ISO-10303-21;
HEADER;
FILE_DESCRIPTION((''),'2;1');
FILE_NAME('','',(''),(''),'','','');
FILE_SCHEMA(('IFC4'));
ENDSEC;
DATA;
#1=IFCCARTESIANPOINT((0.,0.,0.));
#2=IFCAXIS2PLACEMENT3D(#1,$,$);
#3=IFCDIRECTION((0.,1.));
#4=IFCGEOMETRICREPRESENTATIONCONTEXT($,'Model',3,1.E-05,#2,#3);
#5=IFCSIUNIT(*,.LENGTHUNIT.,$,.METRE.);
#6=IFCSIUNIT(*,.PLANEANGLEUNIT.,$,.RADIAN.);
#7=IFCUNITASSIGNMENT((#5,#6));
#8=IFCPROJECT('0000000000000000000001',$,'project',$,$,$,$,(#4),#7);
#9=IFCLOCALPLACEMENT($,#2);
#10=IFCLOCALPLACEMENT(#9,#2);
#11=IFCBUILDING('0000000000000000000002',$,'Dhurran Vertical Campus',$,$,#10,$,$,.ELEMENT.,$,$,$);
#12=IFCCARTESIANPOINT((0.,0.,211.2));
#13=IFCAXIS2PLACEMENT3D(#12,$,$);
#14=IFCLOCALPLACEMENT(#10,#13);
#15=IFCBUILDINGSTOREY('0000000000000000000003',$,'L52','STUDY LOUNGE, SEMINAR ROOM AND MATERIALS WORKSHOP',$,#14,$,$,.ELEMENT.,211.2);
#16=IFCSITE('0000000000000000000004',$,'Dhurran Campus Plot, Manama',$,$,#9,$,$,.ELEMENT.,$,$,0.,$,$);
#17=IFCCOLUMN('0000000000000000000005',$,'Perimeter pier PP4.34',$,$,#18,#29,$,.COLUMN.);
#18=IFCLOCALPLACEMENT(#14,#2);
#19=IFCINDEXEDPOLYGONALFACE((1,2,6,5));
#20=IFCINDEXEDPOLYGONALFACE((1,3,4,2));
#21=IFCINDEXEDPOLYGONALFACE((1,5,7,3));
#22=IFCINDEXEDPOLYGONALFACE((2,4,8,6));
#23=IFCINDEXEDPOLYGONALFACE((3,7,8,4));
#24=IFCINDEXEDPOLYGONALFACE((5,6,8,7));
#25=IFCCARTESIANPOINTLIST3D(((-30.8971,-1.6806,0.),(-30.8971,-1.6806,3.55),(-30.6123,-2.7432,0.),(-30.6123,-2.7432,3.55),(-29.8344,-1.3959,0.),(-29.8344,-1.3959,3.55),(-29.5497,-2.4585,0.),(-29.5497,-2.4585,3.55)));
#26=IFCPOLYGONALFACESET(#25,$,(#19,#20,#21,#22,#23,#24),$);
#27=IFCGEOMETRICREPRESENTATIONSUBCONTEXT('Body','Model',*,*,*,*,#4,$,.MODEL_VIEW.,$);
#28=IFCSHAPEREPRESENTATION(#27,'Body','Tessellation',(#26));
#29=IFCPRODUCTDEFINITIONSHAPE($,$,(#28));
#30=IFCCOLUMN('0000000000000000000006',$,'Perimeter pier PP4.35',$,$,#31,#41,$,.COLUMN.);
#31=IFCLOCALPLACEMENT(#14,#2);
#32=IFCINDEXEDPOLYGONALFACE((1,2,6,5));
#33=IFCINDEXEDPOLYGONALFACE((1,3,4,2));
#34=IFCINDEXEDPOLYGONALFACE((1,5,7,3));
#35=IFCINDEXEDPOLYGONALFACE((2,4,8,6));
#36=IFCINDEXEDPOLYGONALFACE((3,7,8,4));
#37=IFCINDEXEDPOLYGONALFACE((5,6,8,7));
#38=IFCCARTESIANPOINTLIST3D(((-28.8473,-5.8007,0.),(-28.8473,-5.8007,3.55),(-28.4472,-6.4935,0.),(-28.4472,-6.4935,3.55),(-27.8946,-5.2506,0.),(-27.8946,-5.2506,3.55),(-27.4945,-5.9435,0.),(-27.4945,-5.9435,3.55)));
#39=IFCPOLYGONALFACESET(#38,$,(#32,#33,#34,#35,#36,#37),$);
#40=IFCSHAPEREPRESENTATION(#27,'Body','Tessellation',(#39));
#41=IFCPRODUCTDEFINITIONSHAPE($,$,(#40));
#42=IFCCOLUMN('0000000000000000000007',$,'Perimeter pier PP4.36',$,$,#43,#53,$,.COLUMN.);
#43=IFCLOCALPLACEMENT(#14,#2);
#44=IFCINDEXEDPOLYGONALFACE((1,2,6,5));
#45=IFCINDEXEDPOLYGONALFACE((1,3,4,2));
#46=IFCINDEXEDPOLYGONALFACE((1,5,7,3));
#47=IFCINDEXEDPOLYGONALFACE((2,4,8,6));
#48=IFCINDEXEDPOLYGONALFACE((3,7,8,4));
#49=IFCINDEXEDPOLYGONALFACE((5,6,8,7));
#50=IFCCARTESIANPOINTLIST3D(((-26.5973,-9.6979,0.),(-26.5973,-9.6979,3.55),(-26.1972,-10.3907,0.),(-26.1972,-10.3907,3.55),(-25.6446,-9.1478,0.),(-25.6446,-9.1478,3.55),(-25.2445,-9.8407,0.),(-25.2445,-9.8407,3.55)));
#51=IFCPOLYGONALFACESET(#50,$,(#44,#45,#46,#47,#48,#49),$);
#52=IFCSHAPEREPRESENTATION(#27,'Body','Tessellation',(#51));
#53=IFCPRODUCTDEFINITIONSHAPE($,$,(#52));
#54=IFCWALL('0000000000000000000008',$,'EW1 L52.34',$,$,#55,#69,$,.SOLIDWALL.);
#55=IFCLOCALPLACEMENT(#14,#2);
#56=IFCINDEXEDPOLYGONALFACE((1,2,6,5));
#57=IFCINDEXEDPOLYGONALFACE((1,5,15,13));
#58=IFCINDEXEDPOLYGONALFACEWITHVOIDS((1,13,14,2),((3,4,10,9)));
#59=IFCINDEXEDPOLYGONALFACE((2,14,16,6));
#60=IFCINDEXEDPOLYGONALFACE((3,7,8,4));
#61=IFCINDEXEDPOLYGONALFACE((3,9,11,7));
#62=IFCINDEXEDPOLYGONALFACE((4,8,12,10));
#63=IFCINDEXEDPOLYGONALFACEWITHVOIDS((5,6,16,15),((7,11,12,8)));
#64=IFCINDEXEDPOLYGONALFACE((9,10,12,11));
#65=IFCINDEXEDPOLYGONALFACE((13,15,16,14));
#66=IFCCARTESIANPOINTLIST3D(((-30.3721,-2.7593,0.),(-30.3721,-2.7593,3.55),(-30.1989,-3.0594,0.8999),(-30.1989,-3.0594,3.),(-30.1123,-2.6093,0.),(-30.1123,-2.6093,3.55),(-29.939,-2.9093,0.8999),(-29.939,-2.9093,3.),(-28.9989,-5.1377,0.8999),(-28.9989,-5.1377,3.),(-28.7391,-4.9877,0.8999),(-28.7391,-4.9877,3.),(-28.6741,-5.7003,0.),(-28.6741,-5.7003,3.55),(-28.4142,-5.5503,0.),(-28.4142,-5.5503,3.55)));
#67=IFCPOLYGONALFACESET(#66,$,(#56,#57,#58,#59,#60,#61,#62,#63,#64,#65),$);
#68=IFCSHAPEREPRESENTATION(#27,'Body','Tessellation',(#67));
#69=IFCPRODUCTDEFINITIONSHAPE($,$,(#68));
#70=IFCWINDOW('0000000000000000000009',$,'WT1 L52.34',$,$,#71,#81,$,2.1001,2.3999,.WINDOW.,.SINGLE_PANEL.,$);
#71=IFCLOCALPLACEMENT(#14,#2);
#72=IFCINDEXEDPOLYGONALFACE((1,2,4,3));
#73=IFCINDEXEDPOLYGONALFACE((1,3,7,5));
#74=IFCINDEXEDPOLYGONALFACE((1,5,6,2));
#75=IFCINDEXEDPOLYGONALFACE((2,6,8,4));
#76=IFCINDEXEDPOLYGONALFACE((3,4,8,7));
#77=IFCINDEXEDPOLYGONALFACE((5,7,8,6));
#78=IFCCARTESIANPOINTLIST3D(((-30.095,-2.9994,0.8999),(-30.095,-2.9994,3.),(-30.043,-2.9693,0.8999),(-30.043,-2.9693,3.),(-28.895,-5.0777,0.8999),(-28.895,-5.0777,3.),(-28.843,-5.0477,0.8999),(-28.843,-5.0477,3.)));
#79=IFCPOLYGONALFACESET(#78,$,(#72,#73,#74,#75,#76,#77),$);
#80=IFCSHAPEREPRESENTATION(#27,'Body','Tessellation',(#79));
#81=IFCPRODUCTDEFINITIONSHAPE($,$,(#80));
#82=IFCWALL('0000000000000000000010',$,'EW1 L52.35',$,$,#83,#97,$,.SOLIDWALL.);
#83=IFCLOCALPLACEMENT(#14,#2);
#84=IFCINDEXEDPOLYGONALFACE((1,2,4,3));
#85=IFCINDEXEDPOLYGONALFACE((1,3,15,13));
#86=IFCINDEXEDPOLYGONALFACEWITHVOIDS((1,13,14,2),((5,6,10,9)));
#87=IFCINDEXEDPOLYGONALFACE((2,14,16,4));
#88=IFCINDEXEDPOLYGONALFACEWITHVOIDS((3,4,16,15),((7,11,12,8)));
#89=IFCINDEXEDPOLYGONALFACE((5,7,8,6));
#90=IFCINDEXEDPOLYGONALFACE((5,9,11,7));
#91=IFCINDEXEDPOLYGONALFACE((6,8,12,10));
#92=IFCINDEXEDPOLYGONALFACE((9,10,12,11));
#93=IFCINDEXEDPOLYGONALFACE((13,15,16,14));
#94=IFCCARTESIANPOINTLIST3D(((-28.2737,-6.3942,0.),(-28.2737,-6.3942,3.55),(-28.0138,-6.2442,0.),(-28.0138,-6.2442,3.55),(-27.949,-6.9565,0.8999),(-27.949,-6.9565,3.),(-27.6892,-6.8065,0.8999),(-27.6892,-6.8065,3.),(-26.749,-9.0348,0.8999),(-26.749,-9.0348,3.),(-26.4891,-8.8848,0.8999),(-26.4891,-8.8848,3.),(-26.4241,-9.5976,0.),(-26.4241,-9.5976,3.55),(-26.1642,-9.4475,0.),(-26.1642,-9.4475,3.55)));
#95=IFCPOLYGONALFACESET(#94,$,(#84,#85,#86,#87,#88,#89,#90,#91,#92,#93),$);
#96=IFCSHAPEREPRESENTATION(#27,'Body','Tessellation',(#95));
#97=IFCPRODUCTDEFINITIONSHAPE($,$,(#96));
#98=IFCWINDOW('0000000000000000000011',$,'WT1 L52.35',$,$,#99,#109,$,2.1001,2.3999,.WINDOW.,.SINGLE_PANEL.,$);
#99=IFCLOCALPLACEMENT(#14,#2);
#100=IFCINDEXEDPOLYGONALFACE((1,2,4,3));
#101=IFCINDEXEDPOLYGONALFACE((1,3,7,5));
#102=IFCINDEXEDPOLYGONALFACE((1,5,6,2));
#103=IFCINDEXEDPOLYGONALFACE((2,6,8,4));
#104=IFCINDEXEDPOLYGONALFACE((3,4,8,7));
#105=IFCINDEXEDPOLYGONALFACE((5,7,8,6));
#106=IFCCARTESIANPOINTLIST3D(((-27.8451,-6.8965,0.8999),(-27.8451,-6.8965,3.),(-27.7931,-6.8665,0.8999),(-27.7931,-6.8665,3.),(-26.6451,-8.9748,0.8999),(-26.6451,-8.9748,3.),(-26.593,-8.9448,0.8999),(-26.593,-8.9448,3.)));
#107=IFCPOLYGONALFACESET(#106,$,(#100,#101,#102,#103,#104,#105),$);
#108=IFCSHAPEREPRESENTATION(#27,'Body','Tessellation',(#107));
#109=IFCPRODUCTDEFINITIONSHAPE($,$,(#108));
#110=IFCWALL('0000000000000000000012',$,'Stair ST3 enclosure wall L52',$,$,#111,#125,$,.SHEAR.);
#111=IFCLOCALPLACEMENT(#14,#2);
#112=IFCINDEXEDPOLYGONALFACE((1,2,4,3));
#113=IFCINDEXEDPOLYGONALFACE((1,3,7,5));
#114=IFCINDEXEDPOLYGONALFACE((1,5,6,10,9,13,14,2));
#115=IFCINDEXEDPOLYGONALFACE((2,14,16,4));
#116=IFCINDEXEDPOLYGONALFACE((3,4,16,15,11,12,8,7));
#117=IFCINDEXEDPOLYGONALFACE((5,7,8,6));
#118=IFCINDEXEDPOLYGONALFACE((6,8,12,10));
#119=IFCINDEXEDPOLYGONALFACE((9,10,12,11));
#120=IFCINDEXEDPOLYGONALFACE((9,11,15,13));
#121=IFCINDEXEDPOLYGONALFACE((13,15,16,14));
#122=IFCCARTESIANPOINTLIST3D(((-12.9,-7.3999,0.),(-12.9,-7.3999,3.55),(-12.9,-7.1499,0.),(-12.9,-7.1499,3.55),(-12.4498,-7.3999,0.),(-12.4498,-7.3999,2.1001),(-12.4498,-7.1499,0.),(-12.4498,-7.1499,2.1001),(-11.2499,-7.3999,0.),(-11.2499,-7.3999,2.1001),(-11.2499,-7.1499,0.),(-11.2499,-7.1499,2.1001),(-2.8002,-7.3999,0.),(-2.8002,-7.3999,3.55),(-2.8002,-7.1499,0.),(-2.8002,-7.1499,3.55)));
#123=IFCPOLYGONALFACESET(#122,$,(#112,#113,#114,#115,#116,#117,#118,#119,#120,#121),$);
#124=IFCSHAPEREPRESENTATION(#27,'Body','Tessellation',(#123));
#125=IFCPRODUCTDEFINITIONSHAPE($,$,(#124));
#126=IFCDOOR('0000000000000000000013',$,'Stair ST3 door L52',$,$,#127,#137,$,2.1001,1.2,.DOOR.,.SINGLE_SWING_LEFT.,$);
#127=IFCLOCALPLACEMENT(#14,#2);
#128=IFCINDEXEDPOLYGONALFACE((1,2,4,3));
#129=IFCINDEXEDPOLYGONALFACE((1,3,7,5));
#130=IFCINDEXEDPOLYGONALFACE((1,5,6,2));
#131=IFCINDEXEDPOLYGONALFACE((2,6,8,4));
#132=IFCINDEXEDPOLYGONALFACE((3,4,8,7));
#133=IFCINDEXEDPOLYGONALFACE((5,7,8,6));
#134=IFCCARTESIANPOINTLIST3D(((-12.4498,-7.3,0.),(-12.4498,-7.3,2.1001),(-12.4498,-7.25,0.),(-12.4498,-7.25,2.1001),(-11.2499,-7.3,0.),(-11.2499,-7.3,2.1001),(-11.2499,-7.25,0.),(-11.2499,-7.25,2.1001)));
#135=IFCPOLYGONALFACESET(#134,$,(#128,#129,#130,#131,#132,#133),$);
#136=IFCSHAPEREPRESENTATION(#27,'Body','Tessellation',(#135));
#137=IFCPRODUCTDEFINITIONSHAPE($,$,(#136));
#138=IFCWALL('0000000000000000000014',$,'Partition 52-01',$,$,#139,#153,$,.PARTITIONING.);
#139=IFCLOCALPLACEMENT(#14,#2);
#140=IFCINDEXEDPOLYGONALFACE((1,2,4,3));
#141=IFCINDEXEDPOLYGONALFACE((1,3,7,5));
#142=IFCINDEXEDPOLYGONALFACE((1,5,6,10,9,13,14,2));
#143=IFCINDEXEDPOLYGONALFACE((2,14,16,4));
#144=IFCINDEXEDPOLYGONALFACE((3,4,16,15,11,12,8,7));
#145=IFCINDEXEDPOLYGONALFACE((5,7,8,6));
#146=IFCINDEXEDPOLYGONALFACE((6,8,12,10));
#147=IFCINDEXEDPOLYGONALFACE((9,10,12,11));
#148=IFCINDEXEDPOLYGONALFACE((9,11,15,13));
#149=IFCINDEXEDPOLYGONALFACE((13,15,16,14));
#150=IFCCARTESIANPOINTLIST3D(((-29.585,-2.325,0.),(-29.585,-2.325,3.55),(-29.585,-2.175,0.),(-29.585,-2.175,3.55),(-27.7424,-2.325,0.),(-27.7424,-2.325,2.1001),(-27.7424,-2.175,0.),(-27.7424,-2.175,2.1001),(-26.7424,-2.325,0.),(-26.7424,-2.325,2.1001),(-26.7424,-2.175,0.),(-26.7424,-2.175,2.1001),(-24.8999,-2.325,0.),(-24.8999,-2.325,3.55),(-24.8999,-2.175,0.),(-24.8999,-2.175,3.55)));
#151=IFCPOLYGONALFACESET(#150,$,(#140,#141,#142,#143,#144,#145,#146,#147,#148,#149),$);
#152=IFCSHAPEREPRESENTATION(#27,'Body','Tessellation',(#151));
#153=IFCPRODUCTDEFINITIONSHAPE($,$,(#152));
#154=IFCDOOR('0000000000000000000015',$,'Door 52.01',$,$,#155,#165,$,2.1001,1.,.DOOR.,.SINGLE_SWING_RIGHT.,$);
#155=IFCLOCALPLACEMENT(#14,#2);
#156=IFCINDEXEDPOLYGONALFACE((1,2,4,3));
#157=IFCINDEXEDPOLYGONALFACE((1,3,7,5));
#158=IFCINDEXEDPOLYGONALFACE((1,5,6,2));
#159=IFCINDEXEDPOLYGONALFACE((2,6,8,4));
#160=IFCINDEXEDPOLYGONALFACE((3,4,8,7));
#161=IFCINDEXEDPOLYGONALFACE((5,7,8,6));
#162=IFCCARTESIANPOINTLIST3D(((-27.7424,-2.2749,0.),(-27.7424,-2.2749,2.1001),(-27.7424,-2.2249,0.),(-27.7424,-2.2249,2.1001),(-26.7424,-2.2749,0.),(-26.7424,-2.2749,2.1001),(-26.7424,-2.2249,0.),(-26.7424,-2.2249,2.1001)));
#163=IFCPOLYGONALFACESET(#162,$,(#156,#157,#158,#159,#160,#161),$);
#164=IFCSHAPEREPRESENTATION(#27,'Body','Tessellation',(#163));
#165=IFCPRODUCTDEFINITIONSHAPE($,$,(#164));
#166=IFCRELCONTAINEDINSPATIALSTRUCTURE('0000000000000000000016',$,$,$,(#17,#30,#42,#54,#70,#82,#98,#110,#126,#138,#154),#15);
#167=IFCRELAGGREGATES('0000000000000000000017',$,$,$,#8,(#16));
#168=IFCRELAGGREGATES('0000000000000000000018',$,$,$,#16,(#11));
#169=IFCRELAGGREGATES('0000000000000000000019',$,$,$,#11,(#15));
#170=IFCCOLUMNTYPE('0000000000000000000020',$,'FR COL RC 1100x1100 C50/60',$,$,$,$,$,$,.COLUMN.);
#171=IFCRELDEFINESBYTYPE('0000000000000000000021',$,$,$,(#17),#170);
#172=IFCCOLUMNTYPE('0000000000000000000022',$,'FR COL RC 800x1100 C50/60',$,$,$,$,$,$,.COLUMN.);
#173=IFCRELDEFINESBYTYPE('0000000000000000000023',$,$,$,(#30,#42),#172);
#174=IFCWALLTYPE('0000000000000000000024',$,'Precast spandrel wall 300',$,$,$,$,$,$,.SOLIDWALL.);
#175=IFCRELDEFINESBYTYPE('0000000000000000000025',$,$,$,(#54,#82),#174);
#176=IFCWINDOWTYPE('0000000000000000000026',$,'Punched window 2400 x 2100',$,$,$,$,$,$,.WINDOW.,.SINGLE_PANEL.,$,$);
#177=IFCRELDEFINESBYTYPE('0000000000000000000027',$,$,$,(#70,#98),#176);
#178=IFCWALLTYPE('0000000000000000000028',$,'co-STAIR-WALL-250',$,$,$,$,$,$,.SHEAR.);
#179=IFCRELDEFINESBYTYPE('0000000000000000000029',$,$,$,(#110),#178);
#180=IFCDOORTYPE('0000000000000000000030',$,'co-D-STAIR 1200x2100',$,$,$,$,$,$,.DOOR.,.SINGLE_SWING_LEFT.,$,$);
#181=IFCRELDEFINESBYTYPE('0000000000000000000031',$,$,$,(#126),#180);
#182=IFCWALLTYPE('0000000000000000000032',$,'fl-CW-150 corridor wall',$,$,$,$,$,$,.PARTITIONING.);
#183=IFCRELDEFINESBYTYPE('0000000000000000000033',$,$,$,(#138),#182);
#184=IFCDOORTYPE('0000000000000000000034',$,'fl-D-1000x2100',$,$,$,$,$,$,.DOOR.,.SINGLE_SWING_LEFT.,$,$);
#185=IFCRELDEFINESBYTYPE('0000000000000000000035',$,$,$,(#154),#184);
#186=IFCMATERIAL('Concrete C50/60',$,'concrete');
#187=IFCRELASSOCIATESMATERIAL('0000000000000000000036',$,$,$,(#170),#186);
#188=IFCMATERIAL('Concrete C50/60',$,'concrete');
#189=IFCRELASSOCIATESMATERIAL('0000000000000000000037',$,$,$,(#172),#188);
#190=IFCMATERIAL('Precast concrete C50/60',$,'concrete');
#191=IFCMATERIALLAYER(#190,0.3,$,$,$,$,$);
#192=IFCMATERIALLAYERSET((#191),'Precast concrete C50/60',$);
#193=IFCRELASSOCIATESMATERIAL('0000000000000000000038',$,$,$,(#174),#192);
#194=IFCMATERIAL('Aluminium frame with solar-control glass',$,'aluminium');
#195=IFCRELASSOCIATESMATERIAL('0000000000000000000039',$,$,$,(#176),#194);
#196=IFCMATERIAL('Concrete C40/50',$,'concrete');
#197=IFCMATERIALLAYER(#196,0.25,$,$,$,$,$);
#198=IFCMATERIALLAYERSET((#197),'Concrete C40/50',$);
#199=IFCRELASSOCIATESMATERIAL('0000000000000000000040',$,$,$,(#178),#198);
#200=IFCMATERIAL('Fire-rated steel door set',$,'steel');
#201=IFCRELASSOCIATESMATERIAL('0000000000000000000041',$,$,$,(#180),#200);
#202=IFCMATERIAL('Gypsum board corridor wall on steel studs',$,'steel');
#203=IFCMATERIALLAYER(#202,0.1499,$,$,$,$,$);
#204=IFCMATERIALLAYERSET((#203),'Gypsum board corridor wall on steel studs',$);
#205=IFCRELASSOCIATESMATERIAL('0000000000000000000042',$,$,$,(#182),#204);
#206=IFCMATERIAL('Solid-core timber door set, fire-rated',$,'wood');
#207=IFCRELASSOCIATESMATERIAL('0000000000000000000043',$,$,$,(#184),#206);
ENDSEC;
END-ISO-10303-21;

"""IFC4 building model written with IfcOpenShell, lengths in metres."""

from ifc_helpers import new_model, si_unit, direction, frame, frame_2d, origin, origin_2d, place, context, subcontext, project, spatial, rectangle, extrude, material, layer, layer_set, material_profile, profile_set, type_object, element, fill, save


model = new_model("IFC4")

# Units and contexts
model_context = context("Model", 3, precision=1e-05, world=origin(), true_north=direction((0.0, 1.0)))
body_context = subcontext(model_context, "Body", "Model", "MODEL_VIEW")
ifc_project = project(units=[si_unit("LENGTHUNIT", "METRE"), si_unit("PLANEANGLEUNIT", "RADIAN")], contexts=[model_context])

# Site, building, storey
site_placement = place(None, origin())
site = spatial("IfcSite", under=ifc_project, at=site_placement, Name="Dhurran Campus Plot, Manama", CompositionType="ELEMENT", RefElevation=0.0)
building_placement = place(site_placement, origin())
building = spatial("IfcBuilding", under=site, at=building_placement, Name="Dhurran Vertical Campus", CompositionType="ELEMENT")
storey_placement = place(building_placement, frame((0.0, 0.0, 211.2)))
storey = spatial("IfcBuildingStorey", under=building, at=storey_placement, Name="L52", Description="STUDY LOUNGE, SEMINAR ROOM AND MATERIALS WORKSHOP", CompositionType="ELEMENT", Elevation=211.2)

# Columns
ifc_material_1 = material(Name="Concrete C50/60", Category="concrete")
ifc_material_profile_1 = material_profile(ifc_material_1, rectangle(XDim=1.1001, YDim=1.1001, at=origin_2d()), Name="RC 1100x1100")
ifc_profile_set_1 = profile_set([ifc_material_profile_1], Name="Concrete C50/60")
column_type_1 = type_object("IfcColumnType", Name="FR COL RC 1100x1100 C50/60", PredefinedType="COLUMN", material=ifc_profile_set_1)
column_placement = place(storey_placement, frame((-30.2234, -2.0696, 0.0), z_axis=(0.0, 0.0, 1.0), x_axis=(0.258819, -0.965926, 0.0)))
element("IfcColumn", 1, at=column_placement, inside=storey, type_object=column_type_1, Name="Perimeter pier PP4.34", PredefinedType="COLUMN", context=body_context, shape_type="SweptSolid", body=[
    extrude(rectangle(XDim=1.1001, YDim=1.1001, at=origin_2d()), origin(), (0.0, 0.0, 1.0), 3.55),
])
ifc_material_2 = material(Name="Concrete C50/60", Category="concrete")
ifc_material_profile_2 = material_profile(ifc_material_2, rectangle(XDim=0.8, YDim=1.1001, at=origin_2d()), Name="RC 800x1100")
ifc_profile_set_2 = profile_set([ifc_material_profile_2], Name="Concrete C50/60")
column_type_2 = type_object("IfcColumnType", Name="FR COL RC 800x1100 C50/60", PredefinedType="COLUMN", material=ifc_profile_set_2)
for number, where, z_axis, x_axis, name in (
    (2, (-28.1709, -5.8721, 0.0), (0.0, 0.0, 1.0), (0.5, -0.866025, 0.0), "Perimeter pier PP4.35"),
    (3, (-25.9209, -9.7693, 0.0), (0.0, 0.0, 1.0), (0.5, -0.866025, 0.0), "Perimeter pier PP4.36"),
):
    element("IfcColumn", number, at=place(storey_placement, frame(where, z_axis=z_axis, x_axis=x_axis)), inside=storey, type_object=column_type_2, Name=name, PredefinedType="COLUMN", context=body_context, shape_type="SweptSolid", body=[
        extrude(rectangle(XDim=0.8, YDim=1.1001, at=origin_2d()), origin(), (0.0, 0.0, 1.0), 3.55),
    ])

# Walls, openings, windows
ifc_material_3 = material(Name="Precast concrete C50/60", Category="concrete")
ifc_layer_1 = layer(ifc_material_3, 0.3)
ifc_layer_set_1 = layer_set([ifc_layer_1], Name="Precast concrete C50/60")
wall_type_1 = type_object("IfcWallType", Name="Precast spandrel wall 300", PredefinedType="SOLIDWALL", material=ifc_layer_set_1)
wall_1_placement = place(storey_placement, frame((-30.2422, -2.6843, 0.0), z_axis=(0.0, 0.0, 1.0), x_axis=(0.500013, -0.866018, 0.0)))
wall_1 = element("IfcWall", 4, at=wall_1_placement, inside=storey, type_object=wall_type_1, Name="EW1 L52.34", PredefinedType="SOLIDWALL", context=body_context, shape_type="SweptSolid", body=[
    extrude(rectangle(XDim=3.396, YDim=0.3, at=frame_2d((1.698, 0.0))), origin(), (0.0, 0.0, 1.0), 3.55),
])
opening_1_placement = place(wall_1_placement, frame((0.3464, 0.0, 0.8999)))
opening_1 = element("IfcOpeningElement", 5, at=opening_1_placement, cuts=wall_1, PredefinedType="OPENING", context=body_context, shape_type="SweptSolid", body=[
    extrude(rectangle(XDim=2.3999, YDim=2.1001, at=frame_2d((1.2, 1.05))), frame((0.0, 0.1599, 0.0), z_axis=(0.0, -1.0, 0.0), x_axis=(1.0, 0.0, 0.0)), (0.0, 0.0, 1.0), 0.3201),
])
ifc_material_4 = material(Name="Aluminium frame with solar-control glass", Category="aluminium")
window_type = type_object("IfcWindowType", Name="Punched window 2400 x 2100", PartitioningType="SINGLE_PANEL", PredefinedType="WINDOW", material=ifc_material_4)
window_1_placement = place(opening_1_placement, origin())
window_1 = element("IfcWindow", 6, at=window_1_placement, inside=storey, type_object=window_type, Name="WT1 L52.34", OverallHeight=2.1001, OverallWidth=2.3999, PartitioningType="SINGLE_PANEL", PredefinedType="WINDOW", context=body_context, shape_type="SweptSolid", body=[
    extrude(rectangle(XDim=2.3999, YDim=2.1001, at=frame_2d((1.2, 1.05))), frame((0.0, 0.03, 0.0), z_axis=(0.0, -1.0, 0.0), x_axis=(1.0, 0.0, 0.0)), (0.0, 0.0, 1.0), 0.0601),
])
fill(opening_1, window_1)
wall_2_placement = place(storey_placement, frame((-28.1438, -6.3191, 0.0), z_axis=(0.0, 0.0, 1.0), x_axis=(0.500029, -0.866009, 0.0)))
wall_2 = element("IfcWall", 7, at=wall_2_placement, inside=storey, type_object=wall_type_1, Name="EW1 L52.35", PredefinedType="SOLIDWALL", context=body_context, shape_type="SweptSolid", body=[
    extrude(rectangle(XDim=3.699, YDim=0.3, at=frame_2d((1.8496, 0.0))), origin(), (0.0, 0.0, 1.0), 3.55),
])
opening_2_placement = place(wall_2_placement, frame((0.6494, 0.0, 0.8999)))
opening_2 = element("IfcOpeningElement", 8, at=opening_2_placement, cuts=wall_2, PredefinedType="OPENING", context=body_context, shape_type="SweptSolid", body=[
    extrude(rectangle(XDim=2.3999, YDim=2.1001, at=frame_2d((1.2, 1.05))), frame((0.0, 0.1599, 0.0), z_axis=(0.0, -1.0, 0.0), x_axis=(1.0, 0.0, 0.0)), (0.0, 0.0, 1.0), 0.3201),
])
window_2_placement = place(opening_2_placement, origin())
window_2 = element("IfcWindow", 9, at=window_2_placement, inside=storey, type_object=window_type, Name="WT1 L52.35", OverallHeight=2.1001, OverallWidth=2.3999, PartitioningType="SINGLE_PANEL", PredefinedType="WINDOW", context=body_context, shape_type="SweptSolid", body=[
    extrude(rectangle(XDim=2.3999, YDim=2.1001, at=frame_2d((1.2, 1.05))), frame((0.0, 0.03, 0.0), z_axis=(0.0, -1.0, 0.0), x_axis=(1.0, 0.0, 0.0)), (0.0, 0.0, 1.0), 0.0601),
])
fill(opening_2, window_2)

# Walls, openings, doors
ifc_material_5 = material(Name="Concrete C40/50", Category="concrete")
ifc_layer_2 = layer(ifc_material_5, 0.25)
ifc_layer_set_2 = layer_set([ifc_layer_2], Name="Concrete C40/50")
wall_type_2 = type_object("IfcWallType", Name="co-STAIR-WALL-250", PredefinedType="SHEAR", material=ifc_layer_set_2)
wall_3_placement = place(storey_placement, frame((-12.8999, -7.2749, 0.0), z_axis=(0.0, 0.0, 1.0), x_axis=(1.0, 0.0, 0.0)))
wall_3 = element("IfcWall", 10, at=wall_3_placement, inside=storey, type_object=wall_type_2, Name="Stair ST3 enclosure wall L52", PredefinedType="SHEAR", context=body_context, shape_type="SweptSolid", body=[
    extrude(rectangle(XDim=10.0999, YDim=0.25, at=frame_2d((5.0498, 0.0))), origin(), (0.0, 0.0, 1.0), 3.55),
])
opening_3_placement = place(wall_3_placement, frame((0.45, 0.0, 0.0)))
opening_3 = element("IfcOpeningElement", 11, at=opening_3_placement, cuts=wall_3, PredefinedType="OPENING", context=body_context, shape_type="SweptSolid", body=[
    extrude(rectangle(XDim=1.2, YDim=2.1001, at=frame_2d((0.6001, 1.05))), frame((0.0, 0.135, 0.0), z_axis=(0.0, -1.0, 0.0), x_axis=(1.0, 0.0, 0.0)), (0.0, 0.0, 1.0), 0.27),
])
ifc_material_6 = material(Name="Fire-rated steel door set", Category="steel")
door_type_1 = type_object("IfcDoorType", Name="co-D-STAIR 1200x2100", OperationType="SINGLE_SWING_LEFT", PredefinedType="DOOR", material=ifc_material_6)
door_1_placement = place(opening_3_placement, origin())
door_1 = element("IfcDoor", 12, at=door_1_placement, inside=storey, type_object=door_type_1, Name="Stair ST3 door L52", OperationType="SINGLE_SWING_LEFT", OverallHeight=2.1001, OverallWidth=1.2, PredefinedType="DOOR", context=body_context, shape_type="SweptSolid", body=[
    extrude(rectangle(XDim=1.2, YDim=2.1001, at=frame_2d((0.6001, 1.05))), frame((0.0, 0.0249, 0.0), z_axis=(0.0, -1.0, 0.0), x_axis=(1.0, 0.0, 0.0)), (0.0, 0.0, 1.0), 0.05),
])
fill(opening_3, door_1)
ifc_material_7 = material(Name="Gypsum board corridor wall on steel studs", Category="steel")
ifc_layer_3 = layer(ifc_material_7, 0.1499)
ifc_layer_set_3 = layer_set([ifc_layer_3], Name="Gypsum board corridor wall on steel studs")
wall_type_3 = type_object("IfcWallType", Name="fl-CW-150 corridor wall", PredefinedType="PARTITIONING", material=ifc_layer_set_3)
wall_4_placement = place(storey_placement, frame((-24.8999, -2.25, 0.0), z_axis=(0.0, 0.0, 1.0), x_axis=(-1.0, 0.0, 0.0)))
wall_4 = element("IfcWall", 13, at=wall_4_placement, inside=storey, type_object=wall_type_3, Name="Partition 52-01", PredefinedType="PARTITIONING", context=body_context, shape_type="SweptSolid", body=[
    extrude(rectangle(XDim=4.6851, YDim=0.1499, at=frame_2d((2.3425, 0.0))), origin(), (0.0, 0.0, 1.0), 3.55),
])
opening_4_placement = place(wall_4_placement, frame((1.8425, 0.0, 0.0)))
opening_4 = element("IfcOpeningElement", 14, at=opening_4_placement, cuts=wall_4, PredefinedType="OPENING", context=body_context, shape_type="SweptSolid", body=[
    extrude(rectangle(XDim=1.0, YDim=2.1001, at=frame_2d((0.5, 1.05))), frame((0.0, 0.085, 0.0), z_axis=(0.0, -1.0, 0.0), x_axis=(1.0, 0.0, 0.0)), (0.0, 0.0, 1.0), 0.1699),
])
ifc_material_8 = material(Name="Solid-core timber door set, fire-rated", Category="wood")
door_type_2 = type_object("IfcDoorType", Name="fl-D-1000x2100", OperationType="SINGLE_SWING_LEFT", PredefinedType="DOOR", material=ifc_material_8)
door_2_placement = place(opening_4_placement, origin())
door_2 = element("IfcDoor", 15, at=door_2_placement, inside=storey, type_object=door_type_2, Name="Door 52.01", OperationType="SINGLE_SWING_RIGHT", OverallHeight=2.1001, OverallWidth=1.0, PredefinedType="DOOR", context=body_context, shape_type="SweptSolid", body=[
    extrude(rectangle(XDim=1.0, YDim=2.1001, at=frame_2d((0.5, 1.05))), frame((0.0, 0.0249, 0.0), z_axis=(0.0, -1.0, 0.0), x_axis=(1.0, 0.0, 0.0)), (0.0, 0.0, 1.0), 0.05),
])
fill(opening_4, door_2)

save(model, "model.ifc")
